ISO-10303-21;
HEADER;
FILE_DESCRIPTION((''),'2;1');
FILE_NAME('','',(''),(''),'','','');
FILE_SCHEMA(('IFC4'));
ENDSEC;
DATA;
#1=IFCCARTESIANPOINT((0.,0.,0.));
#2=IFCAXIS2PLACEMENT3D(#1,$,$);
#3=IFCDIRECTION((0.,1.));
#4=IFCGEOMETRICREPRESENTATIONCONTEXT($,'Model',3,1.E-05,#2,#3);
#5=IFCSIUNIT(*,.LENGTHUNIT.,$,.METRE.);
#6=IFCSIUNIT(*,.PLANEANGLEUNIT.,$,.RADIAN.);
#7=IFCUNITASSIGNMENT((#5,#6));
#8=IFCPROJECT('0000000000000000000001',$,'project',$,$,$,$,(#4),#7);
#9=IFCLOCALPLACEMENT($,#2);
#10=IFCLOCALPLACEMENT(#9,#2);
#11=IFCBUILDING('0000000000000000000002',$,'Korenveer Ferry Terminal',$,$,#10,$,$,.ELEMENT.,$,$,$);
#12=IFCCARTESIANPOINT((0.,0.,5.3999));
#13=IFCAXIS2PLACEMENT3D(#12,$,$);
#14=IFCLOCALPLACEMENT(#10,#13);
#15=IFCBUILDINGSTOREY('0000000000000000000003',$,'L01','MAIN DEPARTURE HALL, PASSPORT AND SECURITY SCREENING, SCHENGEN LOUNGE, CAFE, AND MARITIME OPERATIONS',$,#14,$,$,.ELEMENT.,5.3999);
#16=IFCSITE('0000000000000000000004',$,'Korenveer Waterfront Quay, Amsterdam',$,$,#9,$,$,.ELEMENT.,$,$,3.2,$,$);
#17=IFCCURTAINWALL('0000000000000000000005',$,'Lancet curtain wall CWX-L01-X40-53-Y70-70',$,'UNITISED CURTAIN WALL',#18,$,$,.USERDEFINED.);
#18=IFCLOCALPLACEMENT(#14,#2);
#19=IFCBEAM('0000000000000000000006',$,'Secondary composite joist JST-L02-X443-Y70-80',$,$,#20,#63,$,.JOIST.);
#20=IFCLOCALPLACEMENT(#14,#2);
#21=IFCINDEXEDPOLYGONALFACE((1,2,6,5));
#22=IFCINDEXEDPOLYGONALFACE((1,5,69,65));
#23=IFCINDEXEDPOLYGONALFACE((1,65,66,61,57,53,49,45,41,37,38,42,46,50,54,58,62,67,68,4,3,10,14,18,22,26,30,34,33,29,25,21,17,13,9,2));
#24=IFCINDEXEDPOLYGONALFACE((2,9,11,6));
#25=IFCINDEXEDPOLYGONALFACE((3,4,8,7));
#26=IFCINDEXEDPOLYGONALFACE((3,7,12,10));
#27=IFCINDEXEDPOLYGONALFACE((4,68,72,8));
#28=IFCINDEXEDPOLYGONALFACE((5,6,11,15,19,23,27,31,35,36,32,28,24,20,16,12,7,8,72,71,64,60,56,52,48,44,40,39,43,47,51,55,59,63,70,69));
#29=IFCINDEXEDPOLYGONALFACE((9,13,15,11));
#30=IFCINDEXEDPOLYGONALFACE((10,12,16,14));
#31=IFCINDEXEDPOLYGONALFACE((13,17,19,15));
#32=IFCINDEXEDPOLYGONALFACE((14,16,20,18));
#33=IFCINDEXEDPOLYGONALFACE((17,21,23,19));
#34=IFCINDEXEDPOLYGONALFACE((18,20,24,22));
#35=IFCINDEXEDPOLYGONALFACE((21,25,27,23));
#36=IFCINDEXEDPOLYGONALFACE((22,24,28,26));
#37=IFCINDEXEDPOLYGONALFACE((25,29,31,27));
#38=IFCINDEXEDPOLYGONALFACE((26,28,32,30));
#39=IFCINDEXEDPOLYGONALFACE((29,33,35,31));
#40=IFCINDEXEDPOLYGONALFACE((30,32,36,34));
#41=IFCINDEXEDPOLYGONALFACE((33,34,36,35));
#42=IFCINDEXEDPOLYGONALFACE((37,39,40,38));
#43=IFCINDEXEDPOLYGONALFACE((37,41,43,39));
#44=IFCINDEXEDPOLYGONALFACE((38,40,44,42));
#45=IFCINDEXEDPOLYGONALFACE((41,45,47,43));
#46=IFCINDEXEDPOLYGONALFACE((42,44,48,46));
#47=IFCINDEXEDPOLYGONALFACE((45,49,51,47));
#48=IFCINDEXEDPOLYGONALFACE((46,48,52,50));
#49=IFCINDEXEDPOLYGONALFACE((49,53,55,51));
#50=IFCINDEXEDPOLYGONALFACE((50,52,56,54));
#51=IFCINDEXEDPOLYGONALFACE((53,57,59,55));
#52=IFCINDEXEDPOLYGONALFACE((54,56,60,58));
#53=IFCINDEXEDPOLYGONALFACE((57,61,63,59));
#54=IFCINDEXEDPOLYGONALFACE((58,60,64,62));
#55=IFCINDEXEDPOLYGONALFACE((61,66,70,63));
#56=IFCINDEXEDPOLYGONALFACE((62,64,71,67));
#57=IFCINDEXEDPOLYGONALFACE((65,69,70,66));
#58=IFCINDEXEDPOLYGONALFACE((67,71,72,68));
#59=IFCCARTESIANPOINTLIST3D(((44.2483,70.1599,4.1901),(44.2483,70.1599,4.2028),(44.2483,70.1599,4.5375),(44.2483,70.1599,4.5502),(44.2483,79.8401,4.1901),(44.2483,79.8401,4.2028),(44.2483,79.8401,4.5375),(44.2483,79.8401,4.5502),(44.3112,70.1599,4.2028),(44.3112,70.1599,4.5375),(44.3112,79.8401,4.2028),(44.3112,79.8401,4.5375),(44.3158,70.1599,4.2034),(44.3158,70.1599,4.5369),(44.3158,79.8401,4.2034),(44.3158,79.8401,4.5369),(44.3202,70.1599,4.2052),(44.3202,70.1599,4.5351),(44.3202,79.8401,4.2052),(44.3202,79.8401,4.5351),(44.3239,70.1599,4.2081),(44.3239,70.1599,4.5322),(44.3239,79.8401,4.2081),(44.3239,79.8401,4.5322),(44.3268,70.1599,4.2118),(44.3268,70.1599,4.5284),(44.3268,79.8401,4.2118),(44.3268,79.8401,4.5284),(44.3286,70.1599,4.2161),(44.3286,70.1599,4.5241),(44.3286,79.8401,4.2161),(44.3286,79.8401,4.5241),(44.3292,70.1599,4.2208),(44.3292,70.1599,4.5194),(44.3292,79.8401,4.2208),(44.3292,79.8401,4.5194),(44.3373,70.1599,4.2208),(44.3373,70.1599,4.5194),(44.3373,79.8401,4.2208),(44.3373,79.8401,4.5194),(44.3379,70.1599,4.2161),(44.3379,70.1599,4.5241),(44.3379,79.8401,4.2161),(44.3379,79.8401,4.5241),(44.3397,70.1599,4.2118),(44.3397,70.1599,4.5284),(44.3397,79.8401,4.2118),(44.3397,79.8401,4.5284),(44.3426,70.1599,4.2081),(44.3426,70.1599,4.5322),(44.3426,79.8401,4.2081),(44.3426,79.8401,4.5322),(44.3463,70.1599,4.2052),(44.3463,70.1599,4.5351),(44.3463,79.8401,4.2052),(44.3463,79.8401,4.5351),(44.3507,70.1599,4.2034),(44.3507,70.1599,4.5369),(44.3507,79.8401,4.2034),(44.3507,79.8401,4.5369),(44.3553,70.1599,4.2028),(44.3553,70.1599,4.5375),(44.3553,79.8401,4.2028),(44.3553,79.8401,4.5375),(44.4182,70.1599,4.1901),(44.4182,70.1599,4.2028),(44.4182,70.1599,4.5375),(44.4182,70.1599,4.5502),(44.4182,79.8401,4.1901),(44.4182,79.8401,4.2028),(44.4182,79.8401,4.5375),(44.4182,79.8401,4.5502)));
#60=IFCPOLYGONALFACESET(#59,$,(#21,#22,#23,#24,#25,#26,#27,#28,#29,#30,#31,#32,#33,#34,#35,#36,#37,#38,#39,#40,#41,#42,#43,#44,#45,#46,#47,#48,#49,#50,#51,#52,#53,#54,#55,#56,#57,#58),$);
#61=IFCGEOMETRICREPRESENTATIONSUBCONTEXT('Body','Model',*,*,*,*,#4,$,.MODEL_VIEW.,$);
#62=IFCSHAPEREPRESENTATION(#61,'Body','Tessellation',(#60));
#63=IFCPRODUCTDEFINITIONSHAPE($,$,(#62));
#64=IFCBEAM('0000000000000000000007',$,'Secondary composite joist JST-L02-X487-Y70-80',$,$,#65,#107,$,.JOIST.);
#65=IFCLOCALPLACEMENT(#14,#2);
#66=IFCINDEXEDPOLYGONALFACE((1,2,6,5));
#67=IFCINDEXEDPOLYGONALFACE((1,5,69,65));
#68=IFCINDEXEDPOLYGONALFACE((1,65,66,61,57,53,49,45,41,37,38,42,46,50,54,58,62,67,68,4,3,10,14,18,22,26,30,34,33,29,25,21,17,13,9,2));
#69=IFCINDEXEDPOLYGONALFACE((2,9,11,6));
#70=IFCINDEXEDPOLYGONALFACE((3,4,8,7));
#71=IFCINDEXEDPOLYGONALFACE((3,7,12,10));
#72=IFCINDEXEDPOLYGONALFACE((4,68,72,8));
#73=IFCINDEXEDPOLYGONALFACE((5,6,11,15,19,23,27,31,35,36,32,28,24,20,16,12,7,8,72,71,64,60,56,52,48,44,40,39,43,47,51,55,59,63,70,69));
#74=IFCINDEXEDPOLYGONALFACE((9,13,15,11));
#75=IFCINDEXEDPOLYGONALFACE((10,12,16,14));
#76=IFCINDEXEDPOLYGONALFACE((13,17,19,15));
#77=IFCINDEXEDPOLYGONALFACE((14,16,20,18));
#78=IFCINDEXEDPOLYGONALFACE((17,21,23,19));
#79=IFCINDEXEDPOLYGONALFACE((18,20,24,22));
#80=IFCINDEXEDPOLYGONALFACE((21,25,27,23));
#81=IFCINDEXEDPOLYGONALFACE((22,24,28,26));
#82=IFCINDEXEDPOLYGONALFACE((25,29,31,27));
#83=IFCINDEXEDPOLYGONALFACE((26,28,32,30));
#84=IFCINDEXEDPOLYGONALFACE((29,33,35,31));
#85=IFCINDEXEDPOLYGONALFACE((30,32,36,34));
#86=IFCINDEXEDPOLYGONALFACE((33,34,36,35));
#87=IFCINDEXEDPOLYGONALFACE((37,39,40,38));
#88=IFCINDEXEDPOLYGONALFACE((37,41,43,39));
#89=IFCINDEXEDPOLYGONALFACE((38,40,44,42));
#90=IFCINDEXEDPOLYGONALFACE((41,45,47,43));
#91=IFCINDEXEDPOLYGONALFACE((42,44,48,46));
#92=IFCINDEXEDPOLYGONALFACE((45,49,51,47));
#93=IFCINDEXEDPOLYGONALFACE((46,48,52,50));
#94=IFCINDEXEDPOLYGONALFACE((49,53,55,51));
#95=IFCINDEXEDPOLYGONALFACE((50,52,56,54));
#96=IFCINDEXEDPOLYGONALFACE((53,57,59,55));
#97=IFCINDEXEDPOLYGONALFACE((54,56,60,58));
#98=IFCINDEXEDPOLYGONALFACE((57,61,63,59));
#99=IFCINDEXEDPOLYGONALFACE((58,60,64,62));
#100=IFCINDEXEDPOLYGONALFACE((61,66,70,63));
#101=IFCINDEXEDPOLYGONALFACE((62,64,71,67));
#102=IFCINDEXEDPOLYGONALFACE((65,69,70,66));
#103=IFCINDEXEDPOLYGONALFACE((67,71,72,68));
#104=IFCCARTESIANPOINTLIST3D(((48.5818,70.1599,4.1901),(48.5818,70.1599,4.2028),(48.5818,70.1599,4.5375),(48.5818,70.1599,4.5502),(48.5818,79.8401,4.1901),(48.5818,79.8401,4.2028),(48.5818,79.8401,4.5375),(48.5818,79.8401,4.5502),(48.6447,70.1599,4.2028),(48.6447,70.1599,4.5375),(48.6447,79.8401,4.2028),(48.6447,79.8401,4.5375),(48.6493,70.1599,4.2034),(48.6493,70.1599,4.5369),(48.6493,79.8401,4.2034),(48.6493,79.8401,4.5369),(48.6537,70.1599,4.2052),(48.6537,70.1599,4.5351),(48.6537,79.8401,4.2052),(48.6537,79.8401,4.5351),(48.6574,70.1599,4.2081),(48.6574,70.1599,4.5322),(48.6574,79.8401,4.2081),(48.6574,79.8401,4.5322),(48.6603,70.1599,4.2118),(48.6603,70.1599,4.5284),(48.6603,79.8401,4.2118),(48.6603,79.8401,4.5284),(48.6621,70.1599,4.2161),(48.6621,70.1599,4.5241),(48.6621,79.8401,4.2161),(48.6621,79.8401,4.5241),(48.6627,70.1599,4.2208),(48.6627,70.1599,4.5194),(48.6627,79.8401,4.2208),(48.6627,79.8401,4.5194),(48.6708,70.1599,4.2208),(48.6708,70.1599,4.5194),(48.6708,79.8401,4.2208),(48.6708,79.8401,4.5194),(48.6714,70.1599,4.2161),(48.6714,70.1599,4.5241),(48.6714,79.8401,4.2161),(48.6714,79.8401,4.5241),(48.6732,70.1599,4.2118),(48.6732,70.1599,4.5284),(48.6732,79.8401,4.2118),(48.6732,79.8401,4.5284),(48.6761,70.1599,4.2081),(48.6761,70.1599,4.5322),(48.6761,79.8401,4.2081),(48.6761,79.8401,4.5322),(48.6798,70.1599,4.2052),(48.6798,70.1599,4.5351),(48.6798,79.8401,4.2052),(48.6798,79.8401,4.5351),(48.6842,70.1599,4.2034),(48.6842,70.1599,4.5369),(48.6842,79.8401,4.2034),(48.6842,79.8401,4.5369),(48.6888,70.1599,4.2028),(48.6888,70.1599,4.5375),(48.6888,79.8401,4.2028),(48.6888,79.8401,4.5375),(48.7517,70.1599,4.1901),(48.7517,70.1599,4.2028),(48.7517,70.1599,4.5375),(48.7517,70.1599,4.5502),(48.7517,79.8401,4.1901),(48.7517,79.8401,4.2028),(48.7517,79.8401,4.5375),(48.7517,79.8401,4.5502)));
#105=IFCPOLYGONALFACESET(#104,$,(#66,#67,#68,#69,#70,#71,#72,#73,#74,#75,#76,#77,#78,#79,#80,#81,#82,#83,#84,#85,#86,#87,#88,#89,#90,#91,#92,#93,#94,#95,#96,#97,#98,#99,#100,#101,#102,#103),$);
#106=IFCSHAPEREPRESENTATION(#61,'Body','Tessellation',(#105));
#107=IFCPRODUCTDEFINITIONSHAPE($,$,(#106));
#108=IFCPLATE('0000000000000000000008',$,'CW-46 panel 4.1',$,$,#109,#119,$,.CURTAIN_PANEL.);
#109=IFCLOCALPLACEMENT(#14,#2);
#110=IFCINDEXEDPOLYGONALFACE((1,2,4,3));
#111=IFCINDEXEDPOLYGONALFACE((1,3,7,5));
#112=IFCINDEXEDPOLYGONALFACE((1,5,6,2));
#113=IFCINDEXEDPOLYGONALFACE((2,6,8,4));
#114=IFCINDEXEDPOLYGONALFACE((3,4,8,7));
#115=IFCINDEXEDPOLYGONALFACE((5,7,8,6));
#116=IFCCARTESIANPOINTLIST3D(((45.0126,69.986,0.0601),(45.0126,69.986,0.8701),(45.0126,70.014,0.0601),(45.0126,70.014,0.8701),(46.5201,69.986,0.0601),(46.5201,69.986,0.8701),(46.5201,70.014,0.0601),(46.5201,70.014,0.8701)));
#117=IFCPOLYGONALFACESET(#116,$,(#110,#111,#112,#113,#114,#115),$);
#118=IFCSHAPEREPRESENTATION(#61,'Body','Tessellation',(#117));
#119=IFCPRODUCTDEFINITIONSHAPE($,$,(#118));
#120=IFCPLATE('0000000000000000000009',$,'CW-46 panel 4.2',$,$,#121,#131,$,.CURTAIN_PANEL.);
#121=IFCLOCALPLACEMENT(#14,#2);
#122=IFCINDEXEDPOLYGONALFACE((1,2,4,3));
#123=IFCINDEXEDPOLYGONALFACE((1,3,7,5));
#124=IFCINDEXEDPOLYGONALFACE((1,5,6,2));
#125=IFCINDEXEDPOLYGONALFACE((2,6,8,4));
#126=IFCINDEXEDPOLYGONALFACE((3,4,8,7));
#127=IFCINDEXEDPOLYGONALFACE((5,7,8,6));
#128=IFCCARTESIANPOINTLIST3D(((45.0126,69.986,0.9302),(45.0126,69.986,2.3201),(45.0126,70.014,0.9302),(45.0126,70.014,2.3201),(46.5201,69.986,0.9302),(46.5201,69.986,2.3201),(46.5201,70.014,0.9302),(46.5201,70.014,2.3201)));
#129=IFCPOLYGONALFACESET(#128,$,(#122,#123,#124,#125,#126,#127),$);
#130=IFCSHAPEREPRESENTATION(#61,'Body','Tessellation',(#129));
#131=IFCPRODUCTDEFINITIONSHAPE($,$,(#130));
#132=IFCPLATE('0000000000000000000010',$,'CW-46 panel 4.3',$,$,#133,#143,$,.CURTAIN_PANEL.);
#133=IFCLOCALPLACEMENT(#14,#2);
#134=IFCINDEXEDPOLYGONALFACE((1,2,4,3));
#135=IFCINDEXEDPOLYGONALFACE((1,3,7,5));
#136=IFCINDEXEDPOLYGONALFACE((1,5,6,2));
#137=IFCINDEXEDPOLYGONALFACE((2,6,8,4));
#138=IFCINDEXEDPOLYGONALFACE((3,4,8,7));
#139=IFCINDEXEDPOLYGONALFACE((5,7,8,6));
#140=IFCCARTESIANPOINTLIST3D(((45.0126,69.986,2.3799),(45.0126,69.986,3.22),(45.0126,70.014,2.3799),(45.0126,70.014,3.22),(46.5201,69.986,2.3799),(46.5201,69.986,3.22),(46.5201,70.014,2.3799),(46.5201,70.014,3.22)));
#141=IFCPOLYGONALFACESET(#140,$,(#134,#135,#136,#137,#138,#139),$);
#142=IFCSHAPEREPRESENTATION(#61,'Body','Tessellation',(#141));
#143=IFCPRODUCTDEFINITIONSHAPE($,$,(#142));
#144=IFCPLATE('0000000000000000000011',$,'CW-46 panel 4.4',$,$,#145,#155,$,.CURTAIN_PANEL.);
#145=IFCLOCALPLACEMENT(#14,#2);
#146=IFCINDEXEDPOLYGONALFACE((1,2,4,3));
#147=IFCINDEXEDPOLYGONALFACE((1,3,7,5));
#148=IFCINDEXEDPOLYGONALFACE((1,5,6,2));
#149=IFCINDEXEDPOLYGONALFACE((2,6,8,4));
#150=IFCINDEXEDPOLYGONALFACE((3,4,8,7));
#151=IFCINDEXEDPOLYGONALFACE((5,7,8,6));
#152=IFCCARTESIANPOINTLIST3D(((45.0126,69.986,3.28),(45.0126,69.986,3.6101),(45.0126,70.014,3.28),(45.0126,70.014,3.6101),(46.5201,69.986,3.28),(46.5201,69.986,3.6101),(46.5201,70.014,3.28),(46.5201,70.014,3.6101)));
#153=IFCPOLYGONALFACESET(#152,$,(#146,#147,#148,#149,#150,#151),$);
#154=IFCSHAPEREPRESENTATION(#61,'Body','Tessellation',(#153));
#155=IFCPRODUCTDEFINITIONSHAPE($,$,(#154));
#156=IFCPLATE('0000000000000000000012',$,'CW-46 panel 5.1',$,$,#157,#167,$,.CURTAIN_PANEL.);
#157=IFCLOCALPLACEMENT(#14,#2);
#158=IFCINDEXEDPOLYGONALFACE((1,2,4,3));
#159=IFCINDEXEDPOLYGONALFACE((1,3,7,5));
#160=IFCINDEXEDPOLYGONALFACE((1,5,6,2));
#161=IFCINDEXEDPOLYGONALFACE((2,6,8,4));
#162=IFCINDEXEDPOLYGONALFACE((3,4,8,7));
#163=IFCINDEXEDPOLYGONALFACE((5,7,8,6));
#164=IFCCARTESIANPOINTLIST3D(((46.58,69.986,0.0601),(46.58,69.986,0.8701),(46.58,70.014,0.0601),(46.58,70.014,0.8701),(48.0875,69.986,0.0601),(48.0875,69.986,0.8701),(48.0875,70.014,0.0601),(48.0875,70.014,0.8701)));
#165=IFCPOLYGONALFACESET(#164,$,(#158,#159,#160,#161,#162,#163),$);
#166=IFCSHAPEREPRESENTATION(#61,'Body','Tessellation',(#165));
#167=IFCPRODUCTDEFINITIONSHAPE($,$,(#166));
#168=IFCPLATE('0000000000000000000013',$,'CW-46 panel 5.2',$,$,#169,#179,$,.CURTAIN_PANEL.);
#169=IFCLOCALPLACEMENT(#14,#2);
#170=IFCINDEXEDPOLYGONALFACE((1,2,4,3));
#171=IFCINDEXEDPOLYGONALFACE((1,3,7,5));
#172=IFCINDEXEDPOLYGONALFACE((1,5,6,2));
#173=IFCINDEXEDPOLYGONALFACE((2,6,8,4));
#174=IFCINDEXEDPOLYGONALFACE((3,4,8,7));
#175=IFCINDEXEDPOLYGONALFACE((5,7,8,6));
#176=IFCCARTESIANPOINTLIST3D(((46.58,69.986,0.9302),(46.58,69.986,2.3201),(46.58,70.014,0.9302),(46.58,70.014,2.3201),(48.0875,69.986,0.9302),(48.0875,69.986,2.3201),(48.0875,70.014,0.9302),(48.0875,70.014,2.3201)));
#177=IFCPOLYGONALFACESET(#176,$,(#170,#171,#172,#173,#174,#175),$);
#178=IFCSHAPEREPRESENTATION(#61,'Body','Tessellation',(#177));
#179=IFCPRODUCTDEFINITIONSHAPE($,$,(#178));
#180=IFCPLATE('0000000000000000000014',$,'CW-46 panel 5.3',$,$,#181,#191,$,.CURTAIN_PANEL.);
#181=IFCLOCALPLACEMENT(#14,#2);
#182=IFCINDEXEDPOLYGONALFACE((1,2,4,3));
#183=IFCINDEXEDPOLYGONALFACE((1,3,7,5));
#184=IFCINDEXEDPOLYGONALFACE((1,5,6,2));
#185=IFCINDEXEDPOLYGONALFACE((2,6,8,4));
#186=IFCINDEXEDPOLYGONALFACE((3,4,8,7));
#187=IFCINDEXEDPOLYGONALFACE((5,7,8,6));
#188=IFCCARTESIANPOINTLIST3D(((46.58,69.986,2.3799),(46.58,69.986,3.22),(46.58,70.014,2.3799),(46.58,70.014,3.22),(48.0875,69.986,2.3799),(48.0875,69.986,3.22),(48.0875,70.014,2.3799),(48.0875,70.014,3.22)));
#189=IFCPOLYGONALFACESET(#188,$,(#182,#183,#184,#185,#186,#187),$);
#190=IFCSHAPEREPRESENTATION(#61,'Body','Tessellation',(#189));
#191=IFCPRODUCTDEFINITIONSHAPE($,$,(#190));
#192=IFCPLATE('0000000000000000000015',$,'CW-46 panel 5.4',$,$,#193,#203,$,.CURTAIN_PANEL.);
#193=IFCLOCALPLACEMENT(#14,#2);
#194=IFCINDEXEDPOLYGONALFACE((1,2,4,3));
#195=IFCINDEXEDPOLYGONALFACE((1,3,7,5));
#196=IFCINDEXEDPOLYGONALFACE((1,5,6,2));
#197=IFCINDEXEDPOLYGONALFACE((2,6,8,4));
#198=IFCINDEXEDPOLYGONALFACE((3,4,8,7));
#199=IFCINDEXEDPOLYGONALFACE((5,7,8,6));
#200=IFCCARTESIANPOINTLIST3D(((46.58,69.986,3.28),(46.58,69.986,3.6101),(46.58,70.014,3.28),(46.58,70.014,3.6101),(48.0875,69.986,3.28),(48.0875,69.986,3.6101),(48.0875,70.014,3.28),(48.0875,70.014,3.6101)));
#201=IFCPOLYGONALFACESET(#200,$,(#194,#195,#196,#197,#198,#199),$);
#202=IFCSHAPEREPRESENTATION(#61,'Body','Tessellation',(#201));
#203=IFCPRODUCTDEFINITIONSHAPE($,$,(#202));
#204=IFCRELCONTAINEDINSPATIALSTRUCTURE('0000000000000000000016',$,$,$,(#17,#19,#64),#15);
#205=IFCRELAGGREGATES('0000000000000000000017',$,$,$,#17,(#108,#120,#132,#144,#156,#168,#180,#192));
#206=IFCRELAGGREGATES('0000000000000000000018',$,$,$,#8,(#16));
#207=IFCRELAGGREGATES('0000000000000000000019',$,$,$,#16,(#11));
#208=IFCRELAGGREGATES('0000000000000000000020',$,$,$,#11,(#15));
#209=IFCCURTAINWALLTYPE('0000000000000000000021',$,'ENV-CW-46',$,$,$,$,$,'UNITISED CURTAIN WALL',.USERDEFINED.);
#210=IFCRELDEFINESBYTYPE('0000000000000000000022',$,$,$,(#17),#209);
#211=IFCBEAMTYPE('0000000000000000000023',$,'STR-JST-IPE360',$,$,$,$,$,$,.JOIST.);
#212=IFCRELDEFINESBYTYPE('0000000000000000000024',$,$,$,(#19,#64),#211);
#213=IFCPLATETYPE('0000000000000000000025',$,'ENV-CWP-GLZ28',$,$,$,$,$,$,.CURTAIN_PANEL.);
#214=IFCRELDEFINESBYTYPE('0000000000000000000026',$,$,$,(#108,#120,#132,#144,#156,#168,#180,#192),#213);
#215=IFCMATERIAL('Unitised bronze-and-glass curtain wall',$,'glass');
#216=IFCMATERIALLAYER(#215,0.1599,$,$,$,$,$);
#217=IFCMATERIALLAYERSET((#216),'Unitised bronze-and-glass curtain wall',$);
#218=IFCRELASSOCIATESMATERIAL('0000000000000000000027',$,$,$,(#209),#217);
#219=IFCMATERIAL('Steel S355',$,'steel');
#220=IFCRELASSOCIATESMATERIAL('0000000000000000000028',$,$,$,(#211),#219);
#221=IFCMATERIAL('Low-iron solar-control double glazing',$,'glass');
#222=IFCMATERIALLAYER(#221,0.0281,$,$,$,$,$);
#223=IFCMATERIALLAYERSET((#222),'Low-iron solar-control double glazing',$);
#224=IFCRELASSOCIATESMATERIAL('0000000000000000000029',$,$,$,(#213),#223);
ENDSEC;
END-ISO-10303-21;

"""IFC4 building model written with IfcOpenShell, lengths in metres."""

from ifc_helpers import new_model, si_unit, direction, frame, origin, origin_2d, place, context, subcontext, project, spatial, rectangle, i_section, extrude, material, layer, layer_set, material_profile, profile_set, type_object, element, aggregate, save


model = new_model("IFC4")

# Units and contexts
model_context = context("Model", 3, precision=1e-05, world=origin(), true_north=direction((0.0, 1.0)))
body_context = subcontext(model_context, "Body", "Model", "MODEL_VIEW")
ifc_project = project(units=[si_unit("LENGTHUNIT", "METRE"), si_unit("PLANEANGLEUNIT", "RADIAN")], contexts=[model_context])

# Site, building, storey
site_placement = place(None, origin())
site = spatial("IfcSite", under=ifc_project, at=site_placement, Name="Korenveer Waterfront Quay, Amsterdam", CompositionType="ELEMENT", RefElevation=3.2)
building_placement = place(site_placement, origin())
building = spatial("IfcBuilding", under=site, at=building_placement, Name="Korenveer Ferry Terminal", CompositionType="ELEMENT")
storey_placement = place(building_placement, frame((0.0, 0.0, 5.3999)))
storey = spatial("IfcBuildingStorey", under=building, at=storey_placement, Name="L01", Description="MAIN DEPARTURE HALL, PASSPORT AND SECURITY SCREENING, SCHENGEN LOUNGE, CAFE, AND MARITIME OPERATIONS", CompositionType="ELEMENT", Elevation=5.3999)

# Curtain wall
ifc_material_1 = material(Name="Unitised bronze-and-glass curtain wall", Category="glass")
ifc_layer_1 = layer(ifc_material_1, 0.1599)
ifc_layer_set_1 = layer_set([ifc_layer_1], Name="Unitised bronze-and-glass curtain wall")
curtain_wall_type = type_object("IfcCurtainWallType", Name="ENV-CW-46", ElementType="UNITISED CURTAIN WALL", PredefinedType="USERDEFINED", material=ifc_layer_set_1)
curtain_wall_placement = place(storey_placement, frame((40.28, 70.0, 0.0)))
curtain_wall = element("IfcCurtainWall", 1, at=curtain_wall_placement, inside=storey, type_object=curtain_wall_type, Name="Lancet curtain wall CWX-L01-X40-53-Y70-70", ObjectType="UNITISED CURTAIN WALL", PredefinedType="USERDEFINED")

# Beams
ifc_material_2 = material(Name="Steel S355", Category="steel")
ifc_material_profile_1 = material_profile(ifc_material_2, i_section(OverallWidth=0.1699, OverallDepth=0.3601, WebThickness=0.0081, FlangeThickness=0.0127, FilletRadius=0.0181, at=origin_2d()), Name="IPE 360")
ifc_profile_set_1 = profile_set([ifc_material_profile_1], Name="Steel S355")
beam_type = type_object("IfcBeamType", Name="STR-JST-IPE360", PredefinedType="JOIST", material=ifc_profile_set_1)
for number, where, z_axis, x_axis, name in (
    (2, (44.3333, 70.1599, 4.3701), (0.0, 1.0, 0.0), (-1.0, 0.0, 0.0), "Secondary composite joist JST-L02-X443-Y70-80"),
    (3, (48.6667, 70.1599, 4.3701), (0.0, 1.0, 0.0), (-1.0, 0.0, 0.0), "Secondary composite joist JST-L02-X487-Y70-80"),
):
    element("IfcBeam", number, at=place(storey_placement, frame(where, z_axis=z_axis, x_axis=x_axis)), inside=storey, type_object=beam_type, Name=name, PredefinedType="JOIST", context=body_context, shape_type="SweptSolid", body=[
        extrude(i_section(OverallWidth=0.1699, OverallDepth=0.3601, WebThickness=0.0081, FlangeThickness=0.0127, FilletRadius=0.0181, at=origin_2d()), origin(), (0.0, 0.0, 1.0), 9.6802),
    ])

# Plates
ifc_material_3 = material(Name="Low-iron solar-control double glazing", Category="glass")
ifc_layer_2 = layer(ifc_material_3, 0.0281)
ifc_layer_set_2 = layer_set([ifc_layer_2], Name="Low-iron solar-control double glazing")
plate_type = type_object("IfcPlateType", Name="ENV-CWP-GLZ28", PredefinedType="CURTAIN_PANEL", material=ifc_layer_set_2)
plate_1_placement = place(storey_placement, frame((45.7664, 70.0, 0.0601), z_axis=(0.0, 0.0, 1.0), x_axis=(1.0, 0.0, 0.0)))
plate_1 = element("IfcPlate", 4, at=plate_1_placement, type_object=plate_type, Name="CW-46 panel 4.1", PredefinedType="CURTAIN_PANEL", context=body_context, shape_type="SweptSolid", body=[
    extrude(rectangle(XDim=1.5076, YDim=0.0281, at=origin_2d()), origin(), (0.0, 0.0, 1.0), 0.8101),
])
plate_2_placement = place(storey_placement, frame((45.7664, 70.0, 0.9302), z_axis=(0.0, 0.0, 1.0), x_axis=(1.0, 0.0, 0.0)))
plate_2 = element("IfcPlate", 5, at=plate_2_placement, type_object=plate_type, Name="CW-46 panel 4.2", PredefinedType="CURTAIN_PANEL", context=body_context, shape_type="SweptSolid", body=[
    extrude(rectangle(XDim=1.5076, YDim=0.0281, at=origin_2d()), origin(), (0.0, 0.0, 1.0), 1.3899),
])
plate_3_placement = place(storey_placement, frame((45.7664, 70.0, 2.3799), z_axis=(0.0, 0.0, 1.0), x_axis=(1.0, 0.0, 0.0)))
plate_3 = element("IfcPlate", 6, at=plate_3_placement, type_object=plate_type, Name="CW-46 panel 4.3", PredefinedType="CURTAIN_PANEL", context=body_context, shape_type="SweptSolid", body=[
    extrude(rectangle(XDim=1.5076, YDim=0.0281, at=origin_2d()), origin(), (0.0, 0.0, 1.0), 0.8401),
])
plate_4_placement = place(storey_placement, frame((45.7664, 70.0, 3.28), z_axis=(0.0, 0.0, 1.0), x_axis=(1.0, 0.0, 0.0)))
plate_4 = element("IfcPlate", 7, at=plate_4_placement, type_object=plate_type, Name="CW-46 panel 4.4", PredefinedType="CURTAIN_PANEL", context=body_context, shape_type="SweptSolid", body=[
    extrude(rectangle(XDim=1.5076, YDim=0.0281, at=origin_2d()), origin(), (0.0, 0.0, 1.0), 0.3301),
])
plate_5_placement = place(storey_placement, frame((47.3337, 70.0, 0.0601), z_axis=(0.0, 0.0, 1.0), x_axis=(1.0, 0.0, 0.0)))
plate_5 = element("IfcPlate", 8, at=plate_5_placement, type_object=plate_type, Name="CW-46 panel 5.1", PredefinedType="CURTAIN_PANEL", context=body_context, shape_type="SweptSolid", body=[
    extrude(rectangle(XDim=1.5076, YDim=0.0281, at=origin_2d()), origin(), (0.0, 0.0, 1.0), 0.8101),
])
plate_6_placement = place(storey_placement, frame((47.3337, 70.0, 0.9302), z_axis=(0.0, 0.0, 1.0), x_axis=(1.0, 0.0, 0.0)))
plate_6 = element("IfcPlate", 9, at=plate_6_placement, type_object=plate_type, Name="CW-46 panel 5.2", PredefinedType="CURTAIN_PANEL", context=body_context, shape_type="SweptSolid", body=[
    extrude(rectangle(XDim=1.5076, YDim=0.0281, at=origin_2d()), origin(), (0.0, 0.0, 1.0), 1.3899),
])
plate_7_placement = place(storey_placement, frame((47.3337, 70.0, 2.3799), z_axis=(0.0, 0.0, 1.0), x_axis=(1.0, 0.0, 0.0)))
plate_7 = element("IfcPlate", 10, at=plate_7_placement, type_object=plate_type, Name="CW-46 panel 5.3", PredefinedType="CURTAIN_PANEL", context=body_context, shape_type="SweptSolid", body=[
    extrude(rectangle(XDim=1.5076, YDim=0.0281, at=origin_2d()), origin(), (0.0, 0.0, 1.0), 0.8401),
])
plate_8_placement = place(storey_placement, frame((47.3337, 70.0, 3.28), z_axis=(0.0, 0.0, 1.0), x_axis=(1.0, 0.0, 0.0)))
plate_8 = element("IfcPlate", 11, at=plate_8_placement, type_object=plate_type, Name="CW-46 panel 5.4", PredefinedType="CURTAIN_PANEL", context=body_context, shape_type="SweptSolid", body=[
    extrude(rectangle(XDim=1.5076, YDim=0.0281, at=origin_2d()), origin(), (0.0, 0.0, 1.0), 0.3301),
])
aggregate(curtain_wall, [plate_1, plate_2, plate_3, plate_4, plate_5, plate_6, plate_7, plate_8])

save(model, "model.ifc")
